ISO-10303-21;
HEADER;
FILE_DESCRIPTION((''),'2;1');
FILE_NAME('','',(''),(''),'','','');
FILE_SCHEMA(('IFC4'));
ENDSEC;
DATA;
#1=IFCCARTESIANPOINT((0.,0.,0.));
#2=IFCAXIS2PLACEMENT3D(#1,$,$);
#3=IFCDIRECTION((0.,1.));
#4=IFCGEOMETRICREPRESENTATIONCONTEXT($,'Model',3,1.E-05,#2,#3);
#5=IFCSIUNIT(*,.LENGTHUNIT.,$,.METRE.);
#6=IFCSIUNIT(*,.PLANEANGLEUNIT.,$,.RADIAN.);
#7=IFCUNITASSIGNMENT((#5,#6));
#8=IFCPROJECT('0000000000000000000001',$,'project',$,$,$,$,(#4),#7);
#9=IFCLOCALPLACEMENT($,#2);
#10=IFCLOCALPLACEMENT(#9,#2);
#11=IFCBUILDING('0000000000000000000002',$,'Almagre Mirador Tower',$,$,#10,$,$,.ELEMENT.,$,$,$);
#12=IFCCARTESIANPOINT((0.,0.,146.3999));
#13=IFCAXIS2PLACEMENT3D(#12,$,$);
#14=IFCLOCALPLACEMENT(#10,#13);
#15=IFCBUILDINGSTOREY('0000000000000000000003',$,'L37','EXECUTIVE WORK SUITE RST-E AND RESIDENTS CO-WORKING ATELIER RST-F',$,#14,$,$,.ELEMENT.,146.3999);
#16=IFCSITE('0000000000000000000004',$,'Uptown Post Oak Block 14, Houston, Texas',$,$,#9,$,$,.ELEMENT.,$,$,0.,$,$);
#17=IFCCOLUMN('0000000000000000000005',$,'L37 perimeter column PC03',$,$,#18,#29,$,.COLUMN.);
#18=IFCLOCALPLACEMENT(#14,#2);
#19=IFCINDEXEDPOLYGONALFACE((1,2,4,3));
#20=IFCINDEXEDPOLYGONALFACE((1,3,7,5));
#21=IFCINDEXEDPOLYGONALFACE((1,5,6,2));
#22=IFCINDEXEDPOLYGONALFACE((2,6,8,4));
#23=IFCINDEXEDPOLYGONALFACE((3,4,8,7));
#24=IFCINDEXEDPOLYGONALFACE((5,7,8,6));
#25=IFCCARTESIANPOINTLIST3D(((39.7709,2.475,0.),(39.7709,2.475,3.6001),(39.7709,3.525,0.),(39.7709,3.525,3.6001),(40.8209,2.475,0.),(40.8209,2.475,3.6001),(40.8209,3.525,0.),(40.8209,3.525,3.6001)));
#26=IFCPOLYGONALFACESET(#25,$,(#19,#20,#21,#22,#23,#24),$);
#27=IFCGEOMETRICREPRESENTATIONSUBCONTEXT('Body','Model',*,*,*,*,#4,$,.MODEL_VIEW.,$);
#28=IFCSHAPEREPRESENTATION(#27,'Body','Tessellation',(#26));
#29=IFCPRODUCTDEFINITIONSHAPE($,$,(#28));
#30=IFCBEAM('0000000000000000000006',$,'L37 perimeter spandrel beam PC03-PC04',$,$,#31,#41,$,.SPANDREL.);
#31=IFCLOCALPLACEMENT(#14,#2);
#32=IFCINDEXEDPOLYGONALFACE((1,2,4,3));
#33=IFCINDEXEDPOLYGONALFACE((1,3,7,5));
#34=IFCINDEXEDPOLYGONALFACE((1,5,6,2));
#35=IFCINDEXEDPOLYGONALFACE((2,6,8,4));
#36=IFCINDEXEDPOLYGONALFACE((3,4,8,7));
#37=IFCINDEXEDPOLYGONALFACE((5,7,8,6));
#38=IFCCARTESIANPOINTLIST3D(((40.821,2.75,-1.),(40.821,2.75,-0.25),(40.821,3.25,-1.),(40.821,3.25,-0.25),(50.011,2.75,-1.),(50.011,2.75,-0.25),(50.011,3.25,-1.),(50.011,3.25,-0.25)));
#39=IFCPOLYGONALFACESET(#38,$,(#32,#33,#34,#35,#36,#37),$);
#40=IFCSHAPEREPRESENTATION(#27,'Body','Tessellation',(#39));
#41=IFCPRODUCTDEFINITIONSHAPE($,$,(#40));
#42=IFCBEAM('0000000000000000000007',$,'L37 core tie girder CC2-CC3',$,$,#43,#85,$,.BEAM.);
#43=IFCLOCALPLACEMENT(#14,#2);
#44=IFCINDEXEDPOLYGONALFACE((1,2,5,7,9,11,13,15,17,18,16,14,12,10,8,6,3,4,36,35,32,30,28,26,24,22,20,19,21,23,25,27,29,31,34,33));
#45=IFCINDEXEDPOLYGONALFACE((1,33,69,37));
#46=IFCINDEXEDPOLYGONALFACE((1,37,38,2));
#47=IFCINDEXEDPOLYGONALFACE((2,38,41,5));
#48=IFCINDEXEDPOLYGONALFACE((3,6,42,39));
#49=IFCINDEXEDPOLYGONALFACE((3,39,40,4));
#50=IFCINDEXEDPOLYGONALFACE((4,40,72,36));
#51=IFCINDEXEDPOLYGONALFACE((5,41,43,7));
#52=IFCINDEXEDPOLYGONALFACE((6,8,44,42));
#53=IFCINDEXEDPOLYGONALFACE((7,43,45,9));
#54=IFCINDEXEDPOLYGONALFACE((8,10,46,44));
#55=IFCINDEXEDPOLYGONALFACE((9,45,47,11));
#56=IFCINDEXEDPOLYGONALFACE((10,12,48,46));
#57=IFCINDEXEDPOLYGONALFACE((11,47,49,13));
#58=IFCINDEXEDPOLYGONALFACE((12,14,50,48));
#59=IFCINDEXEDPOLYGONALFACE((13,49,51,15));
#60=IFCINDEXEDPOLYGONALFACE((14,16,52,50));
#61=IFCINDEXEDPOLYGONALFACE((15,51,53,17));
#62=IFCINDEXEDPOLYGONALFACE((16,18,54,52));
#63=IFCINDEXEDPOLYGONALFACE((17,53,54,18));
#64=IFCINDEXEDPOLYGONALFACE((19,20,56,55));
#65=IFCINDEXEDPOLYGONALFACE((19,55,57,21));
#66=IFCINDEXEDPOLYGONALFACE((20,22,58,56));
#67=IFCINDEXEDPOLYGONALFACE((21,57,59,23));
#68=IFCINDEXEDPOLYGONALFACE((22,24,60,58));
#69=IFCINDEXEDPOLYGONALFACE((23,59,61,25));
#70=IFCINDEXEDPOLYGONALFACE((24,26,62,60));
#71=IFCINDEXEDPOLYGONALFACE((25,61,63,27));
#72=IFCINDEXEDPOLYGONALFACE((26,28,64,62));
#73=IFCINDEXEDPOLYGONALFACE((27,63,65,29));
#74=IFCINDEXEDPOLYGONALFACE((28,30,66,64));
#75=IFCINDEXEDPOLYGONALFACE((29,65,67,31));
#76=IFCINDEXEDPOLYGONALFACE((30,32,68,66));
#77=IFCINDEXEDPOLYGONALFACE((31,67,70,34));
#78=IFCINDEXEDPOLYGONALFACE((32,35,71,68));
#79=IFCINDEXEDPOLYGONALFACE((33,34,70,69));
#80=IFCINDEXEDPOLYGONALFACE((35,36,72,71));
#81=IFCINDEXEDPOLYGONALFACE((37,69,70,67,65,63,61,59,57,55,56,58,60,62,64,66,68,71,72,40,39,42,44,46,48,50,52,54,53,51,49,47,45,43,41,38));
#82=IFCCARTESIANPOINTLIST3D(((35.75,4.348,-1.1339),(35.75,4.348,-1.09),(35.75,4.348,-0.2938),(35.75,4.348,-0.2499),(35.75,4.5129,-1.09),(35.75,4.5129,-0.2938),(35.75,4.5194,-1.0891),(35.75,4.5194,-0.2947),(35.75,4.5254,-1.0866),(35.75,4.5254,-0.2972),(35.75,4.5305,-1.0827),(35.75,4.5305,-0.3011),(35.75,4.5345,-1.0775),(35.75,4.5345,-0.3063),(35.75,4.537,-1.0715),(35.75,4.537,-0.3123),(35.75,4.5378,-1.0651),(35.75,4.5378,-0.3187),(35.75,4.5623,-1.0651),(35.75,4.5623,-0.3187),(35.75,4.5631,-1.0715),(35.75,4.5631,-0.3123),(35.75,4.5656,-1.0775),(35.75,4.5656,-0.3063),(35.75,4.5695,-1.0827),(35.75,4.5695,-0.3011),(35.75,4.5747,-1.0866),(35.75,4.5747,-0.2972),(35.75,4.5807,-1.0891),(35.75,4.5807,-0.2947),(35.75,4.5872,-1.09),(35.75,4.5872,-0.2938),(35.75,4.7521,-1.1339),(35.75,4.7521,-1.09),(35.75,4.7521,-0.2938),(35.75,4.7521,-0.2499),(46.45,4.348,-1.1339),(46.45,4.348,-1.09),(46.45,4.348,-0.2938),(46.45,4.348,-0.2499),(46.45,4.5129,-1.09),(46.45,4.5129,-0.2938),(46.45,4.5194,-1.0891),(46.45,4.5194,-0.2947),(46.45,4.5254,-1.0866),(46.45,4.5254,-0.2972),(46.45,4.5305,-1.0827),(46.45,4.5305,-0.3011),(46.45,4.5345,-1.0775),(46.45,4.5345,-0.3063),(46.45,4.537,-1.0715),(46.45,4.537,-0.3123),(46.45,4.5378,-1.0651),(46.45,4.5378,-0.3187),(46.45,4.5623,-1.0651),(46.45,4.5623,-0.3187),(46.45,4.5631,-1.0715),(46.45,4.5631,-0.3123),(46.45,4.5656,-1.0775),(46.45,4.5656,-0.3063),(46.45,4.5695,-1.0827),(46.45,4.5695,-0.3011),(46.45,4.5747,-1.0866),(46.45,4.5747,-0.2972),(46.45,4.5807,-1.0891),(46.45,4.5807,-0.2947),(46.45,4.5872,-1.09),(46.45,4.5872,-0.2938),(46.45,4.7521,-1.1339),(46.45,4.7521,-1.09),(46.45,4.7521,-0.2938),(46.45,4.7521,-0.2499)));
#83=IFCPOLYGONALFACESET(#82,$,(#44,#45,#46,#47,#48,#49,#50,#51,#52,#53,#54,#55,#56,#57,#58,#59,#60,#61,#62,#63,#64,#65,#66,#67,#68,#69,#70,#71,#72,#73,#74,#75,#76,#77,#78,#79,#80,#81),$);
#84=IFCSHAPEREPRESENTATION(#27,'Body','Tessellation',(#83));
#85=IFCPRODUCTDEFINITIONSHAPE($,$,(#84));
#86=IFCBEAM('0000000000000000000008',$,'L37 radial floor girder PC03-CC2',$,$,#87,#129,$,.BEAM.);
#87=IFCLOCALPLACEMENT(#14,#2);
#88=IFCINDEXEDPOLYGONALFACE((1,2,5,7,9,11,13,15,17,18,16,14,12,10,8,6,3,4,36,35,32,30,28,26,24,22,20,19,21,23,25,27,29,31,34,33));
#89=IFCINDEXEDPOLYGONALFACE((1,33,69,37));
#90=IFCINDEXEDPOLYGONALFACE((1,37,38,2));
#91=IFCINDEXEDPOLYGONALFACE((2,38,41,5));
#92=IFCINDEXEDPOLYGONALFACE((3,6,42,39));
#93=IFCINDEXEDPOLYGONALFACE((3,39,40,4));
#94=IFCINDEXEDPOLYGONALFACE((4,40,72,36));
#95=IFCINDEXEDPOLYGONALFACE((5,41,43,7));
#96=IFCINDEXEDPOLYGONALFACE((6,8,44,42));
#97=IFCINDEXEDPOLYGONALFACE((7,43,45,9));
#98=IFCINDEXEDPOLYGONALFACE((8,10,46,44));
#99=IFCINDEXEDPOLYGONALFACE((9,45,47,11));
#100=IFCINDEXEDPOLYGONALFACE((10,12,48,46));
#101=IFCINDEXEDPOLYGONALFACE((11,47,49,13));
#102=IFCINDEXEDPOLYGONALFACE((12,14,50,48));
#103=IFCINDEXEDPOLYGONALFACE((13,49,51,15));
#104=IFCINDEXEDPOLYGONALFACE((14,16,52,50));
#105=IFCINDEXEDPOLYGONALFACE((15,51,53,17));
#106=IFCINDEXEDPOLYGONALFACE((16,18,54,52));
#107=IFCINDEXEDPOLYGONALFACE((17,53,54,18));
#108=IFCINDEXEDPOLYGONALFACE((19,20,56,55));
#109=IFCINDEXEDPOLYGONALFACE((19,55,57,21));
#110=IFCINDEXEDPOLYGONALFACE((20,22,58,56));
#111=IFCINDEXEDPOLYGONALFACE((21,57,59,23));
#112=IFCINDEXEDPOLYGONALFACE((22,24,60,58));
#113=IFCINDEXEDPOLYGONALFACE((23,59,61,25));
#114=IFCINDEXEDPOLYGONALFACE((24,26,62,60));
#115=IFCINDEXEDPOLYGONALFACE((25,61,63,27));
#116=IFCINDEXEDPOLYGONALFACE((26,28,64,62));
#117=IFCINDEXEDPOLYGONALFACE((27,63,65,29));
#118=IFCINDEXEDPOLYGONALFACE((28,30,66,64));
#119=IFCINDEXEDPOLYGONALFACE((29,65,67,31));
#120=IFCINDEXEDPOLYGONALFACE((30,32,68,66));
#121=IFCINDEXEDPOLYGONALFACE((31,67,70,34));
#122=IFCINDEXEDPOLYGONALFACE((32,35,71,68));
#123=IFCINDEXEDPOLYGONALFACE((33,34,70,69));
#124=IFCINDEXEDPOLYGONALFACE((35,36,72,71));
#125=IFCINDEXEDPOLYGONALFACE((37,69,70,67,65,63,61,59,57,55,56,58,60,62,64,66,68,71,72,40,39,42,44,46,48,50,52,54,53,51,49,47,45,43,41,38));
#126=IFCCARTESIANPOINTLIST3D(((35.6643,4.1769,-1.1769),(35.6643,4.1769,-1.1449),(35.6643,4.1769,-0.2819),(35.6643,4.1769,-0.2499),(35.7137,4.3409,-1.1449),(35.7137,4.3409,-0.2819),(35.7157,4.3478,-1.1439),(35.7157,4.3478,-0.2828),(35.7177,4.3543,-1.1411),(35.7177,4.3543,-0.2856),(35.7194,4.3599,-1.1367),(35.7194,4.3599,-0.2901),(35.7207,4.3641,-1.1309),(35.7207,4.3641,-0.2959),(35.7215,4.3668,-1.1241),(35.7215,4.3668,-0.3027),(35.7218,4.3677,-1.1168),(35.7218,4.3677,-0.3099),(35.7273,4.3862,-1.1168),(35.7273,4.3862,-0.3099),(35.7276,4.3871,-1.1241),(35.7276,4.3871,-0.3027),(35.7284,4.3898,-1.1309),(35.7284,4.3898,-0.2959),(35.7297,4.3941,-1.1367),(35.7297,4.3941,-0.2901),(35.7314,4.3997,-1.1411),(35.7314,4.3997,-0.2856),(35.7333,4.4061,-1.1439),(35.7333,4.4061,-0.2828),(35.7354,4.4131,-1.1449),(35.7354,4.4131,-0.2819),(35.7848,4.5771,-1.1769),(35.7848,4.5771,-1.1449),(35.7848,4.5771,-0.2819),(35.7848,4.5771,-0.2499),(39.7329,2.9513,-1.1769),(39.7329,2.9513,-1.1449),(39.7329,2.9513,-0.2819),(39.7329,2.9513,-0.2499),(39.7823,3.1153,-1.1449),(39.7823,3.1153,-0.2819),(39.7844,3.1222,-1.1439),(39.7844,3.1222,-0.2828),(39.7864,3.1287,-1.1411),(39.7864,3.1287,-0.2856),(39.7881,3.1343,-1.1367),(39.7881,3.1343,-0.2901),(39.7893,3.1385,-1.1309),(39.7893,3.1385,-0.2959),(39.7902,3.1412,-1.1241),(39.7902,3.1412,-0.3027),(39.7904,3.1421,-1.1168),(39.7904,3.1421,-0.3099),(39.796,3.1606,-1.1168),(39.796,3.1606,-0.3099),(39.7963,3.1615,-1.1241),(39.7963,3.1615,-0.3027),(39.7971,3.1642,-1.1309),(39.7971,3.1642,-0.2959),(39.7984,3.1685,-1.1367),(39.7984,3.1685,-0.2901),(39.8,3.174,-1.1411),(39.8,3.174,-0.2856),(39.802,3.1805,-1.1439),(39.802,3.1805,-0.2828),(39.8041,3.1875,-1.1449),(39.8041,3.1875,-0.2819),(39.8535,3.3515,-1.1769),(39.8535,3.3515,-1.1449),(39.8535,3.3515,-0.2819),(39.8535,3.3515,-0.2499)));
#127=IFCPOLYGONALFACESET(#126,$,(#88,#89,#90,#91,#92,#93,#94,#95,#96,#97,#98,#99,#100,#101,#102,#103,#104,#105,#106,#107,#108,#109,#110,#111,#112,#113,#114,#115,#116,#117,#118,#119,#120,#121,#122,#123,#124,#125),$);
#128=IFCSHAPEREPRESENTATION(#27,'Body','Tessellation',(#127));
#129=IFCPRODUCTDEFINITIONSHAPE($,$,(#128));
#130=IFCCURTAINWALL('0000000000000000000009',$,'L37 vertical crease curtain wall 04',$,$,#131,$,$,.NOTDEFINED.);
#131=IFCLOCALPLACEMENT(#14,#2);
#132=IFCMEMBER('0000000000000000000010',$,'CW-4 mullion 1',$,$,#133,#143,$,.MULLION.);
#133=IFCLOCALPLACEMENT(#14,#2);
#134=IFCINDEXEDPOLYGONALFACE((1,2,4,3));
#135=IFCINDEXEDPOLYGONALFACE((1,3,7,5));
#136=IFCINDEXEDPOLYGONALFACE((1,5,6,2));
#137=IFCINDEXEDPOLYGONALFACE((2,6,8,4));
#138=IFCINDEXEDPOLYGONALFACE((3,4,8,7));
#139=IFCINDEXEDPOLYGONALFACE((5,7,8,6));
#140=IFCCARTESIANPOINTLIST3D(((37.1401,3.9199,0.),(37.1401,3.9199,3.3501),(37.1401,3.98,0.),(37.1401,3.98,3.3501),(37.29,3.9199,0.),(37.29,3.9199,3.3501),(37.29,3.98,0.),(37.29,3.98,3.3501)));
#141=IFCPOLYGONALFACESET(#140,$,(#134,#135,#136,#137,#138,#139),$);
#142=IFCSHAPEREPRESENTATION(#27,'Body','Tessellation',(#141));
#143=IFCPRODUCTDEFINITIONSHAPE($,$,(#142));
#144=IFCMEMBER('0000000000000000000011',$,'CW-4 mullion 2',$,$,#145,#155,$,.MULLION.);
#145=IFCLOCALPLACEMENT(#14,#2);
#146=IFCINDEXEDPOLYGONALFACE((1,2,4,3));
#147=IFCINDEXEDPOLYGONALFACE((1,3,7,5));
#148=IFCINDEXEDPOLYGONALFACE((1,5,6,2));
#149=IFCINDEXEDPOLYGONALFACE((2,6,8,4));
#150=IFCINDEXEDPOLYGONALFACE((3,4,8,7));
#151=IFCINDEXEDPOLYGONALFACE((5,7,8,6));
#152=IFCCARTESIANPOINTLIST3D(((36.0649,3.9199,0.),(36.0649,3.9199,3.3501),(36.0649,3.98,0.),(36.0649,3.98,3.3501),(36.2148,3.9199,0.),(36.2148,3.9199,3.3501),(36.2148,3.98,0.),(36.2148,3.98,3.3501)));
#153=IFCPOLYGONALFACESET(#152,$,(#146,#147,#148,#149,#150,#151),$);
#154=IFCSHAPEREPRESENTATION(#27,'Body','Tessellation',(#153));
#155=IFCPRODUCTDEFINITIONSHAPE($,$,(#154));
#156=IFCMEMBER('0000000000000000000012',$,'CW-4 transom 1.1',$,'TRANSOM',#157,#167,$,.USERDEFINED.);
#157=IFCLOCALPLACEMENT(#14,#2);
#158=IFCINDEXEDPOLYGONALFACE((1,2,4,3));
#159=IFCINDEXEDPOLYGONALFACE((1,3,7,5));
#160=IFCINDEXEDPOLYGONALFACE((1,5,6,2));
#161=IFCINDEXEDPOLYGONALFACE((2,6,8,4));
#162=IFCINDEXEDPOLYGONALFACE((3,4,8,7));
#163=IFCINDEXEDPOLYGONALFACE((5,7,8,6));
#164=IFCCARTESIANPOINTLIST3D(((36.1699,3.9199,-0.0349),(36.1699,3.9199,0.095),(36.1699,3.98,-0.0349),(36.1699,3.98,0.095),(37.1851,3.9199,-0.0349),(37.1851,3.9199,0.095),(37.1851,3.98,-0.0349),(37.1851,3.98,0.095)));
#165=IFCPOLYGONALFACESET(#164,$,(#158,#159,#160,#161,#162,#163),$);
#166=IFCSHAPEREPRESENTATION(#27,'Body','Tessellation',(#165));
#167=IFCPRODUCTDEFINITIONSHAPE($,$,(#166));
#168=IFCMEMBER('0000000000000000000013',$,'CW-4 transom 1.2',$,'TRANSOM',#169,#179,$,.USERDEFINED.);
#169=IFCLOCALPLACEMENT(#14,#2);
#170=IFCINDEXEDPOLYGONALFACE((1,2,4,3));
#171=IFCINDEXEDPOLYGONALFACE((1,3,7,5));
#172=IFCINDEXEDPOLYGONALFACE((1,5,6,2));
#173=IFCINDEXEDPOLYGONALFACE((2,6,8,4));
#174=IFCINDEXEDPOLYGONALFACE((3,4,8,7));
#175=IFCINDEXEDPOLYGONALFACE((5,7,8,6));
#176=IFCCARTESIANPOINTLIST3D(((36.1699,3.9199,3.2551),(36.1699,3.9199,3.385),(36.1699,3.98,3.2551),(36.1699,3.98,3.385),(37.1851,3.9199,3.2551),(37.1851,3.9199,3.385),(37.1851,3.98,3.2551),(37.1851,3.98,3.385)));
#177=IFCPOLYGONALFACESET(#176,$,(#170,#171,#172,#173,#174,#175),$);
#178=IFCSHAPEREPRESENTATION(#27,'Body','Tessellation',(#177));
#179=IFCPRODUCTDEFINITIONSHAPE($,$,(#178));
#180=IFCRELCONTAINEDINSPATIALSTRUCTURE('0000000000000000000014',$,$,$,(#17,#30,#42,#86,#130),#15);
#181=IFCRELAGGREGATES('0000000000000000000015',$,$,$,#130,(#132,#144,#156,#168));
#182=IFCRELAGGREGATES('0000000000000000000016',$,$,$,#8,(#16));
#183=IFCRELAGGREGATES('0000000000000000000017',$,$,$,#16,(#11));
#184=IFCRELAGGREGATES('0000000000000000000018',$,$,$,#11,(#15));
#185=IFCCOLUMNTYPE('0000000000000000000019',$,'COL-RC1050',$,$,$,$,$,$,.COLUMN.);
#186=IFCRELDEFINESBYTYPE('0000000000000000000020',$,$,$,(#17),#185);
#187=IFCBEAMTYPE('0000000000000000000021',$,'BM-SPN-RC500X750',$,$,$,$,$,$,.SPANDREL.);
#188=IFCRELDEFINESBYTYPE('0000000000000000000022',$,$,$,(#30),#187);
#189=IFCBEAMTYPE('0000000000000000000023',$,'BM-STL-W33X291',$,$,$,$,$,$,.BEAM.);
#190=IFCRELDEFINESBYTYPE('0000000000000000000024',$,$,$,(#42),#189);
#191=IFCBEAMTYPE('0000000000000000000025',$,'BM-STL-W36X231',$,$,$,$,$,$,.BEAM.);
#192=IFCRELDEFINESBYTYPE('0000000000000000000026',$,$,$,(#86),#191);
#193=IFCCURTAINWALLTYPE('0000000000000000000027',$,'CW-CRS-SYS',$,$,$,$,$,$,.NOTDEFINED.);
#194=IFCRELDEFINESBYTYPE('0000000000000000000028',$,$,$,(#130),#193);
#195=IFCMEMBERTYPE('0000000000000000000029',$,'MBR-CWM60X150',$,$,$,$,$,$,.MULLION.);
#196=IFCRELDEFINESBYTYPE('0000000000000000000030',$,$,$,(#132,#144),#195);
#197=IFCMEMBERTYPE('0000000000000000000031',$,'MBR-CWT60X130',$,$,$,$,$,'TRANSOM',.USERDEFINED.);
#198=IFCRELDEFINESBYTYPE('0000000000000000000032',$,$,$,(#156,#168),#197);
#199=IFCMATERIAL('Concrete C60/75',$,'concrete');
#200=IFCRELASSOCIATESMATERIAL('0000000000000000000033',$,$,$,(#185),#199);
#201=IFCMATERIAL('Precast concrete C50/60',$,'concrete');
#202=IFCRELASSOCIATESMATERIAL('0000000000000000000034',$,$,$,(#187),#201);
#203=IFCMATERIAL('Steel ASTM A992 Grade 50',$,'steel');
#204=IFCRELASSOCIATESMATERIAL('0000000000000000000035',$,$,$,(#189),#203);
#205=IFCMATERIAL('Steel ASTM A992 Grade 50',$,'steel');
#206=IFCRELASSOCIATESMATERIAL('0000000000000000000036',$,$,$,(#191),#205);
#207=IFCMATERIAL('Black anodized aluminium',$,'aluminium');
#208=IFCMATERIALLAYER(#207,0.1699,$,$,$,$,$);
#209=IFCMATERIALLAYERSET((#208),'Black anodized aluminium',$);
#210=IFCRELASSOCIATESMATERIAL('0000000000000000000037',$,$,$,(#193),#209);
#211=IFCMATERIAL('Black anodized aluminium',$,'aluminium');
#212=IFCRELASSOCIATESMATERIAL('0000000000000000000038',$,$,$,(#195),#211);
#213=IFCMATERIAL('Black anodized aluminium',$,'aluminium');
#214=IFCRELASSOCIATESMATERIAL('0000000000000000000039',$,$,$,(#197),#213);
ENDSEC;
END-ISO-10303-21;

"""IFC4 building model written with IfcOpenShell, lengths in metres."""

from ifc_helpers import new_model, si_unit, direction, frame, origin, origin_2d, place, context, subcontext, project, spatial, rectangle, i_section, extrude, material, layer, layer_set, material_profile, profile_set, type_object, element, aggregate, save


model = new_model("IFC4")

# Units and contexts
model_context = context("Model", 3, precision=1e-05, world=origin(), true_north=direction((0.0, 1.0)))
body_context = subcontext(model_context, "Body", "Model", "MODEL_VIEW")
ifc_project = project(units=[si_unit("LENGTHUNIT", "METRE"), si_unit("PLANEANGLEUNIT", "RADIAN")], contexts=[model_context])

# Site, building, storey
site_placement = place(None, origin())
site = spatial("IfcSite", under=ifc_project, at=site_placement, Name="Uptown Post Oak Block 14, Houston, Texas", CompositionType="ELEMENT", RefElevation=0.0)
building_placement = place(site_placement, origin())
building = spatial("IfcBuilding", under=site, at=building_placement, Name="Almagre Mirador Tower", CompositionType="ELEMENT")
storey_placement = place(building_placement, frame((0.0, 0.0, 146.3999)))
storey = spatial("IfcBuildingStorey", under=building, at=storey_placement, Name="L37", Description="EXECUTIVE WORK SUITE RST-E AND RESIDENTS CO-WORKING ATELIER RST-F", CompositionType="ELEMENT", Elevation=146.3999)

# Column
ifc_material_1 = material(Name="Concrete C60/75", Category="concrete")
ifc_material_profile_1 = material_profile(ifc_material_1, rectangle(XDim=1.05, YDim=1.05, at=origin_2d()), Name="RC1050X1050")
ifc_profile_set_1 = profile_set([ifc_material_profile_1], Name="Concrete C60/75")
column_type = type_object("IfcColumnType", Name="COL-RC1050", PredefinedType="COLUMN", material=ifc_profile_set_1)
column_placement = place(storey_placement, frame((40.2959, 3.0, 0.0), z_axis=(0.0, 0.0, 1.0), x_axis=(1.0, 0.0, 0.0)))
element("IfcColumn", 1, at=column_placement, inside=storey, type_object=column_type, Name="L37 perimeter column PC03", PredefinedType="COLUMN", context=body_context, shape_type="SweptSolid", body=[
    extrude(rectangle(XDim=1.05, YDim=1.05, at=origin_2d()), origin(), (0.0, 0.0, 1.0), 3.6001),
])

# Beams
ifc_material_2 = material(Name="Precast concrete C50/60", Category="concrete")
ifc_material_profile_2 = material_profile(ifc_material_2, rectangle(XDim=0.5, YDim=0.75, at=origin_2d()), Name="RC500X750")
ifc_profile_set_2 = profile_set([ifc_material_profile_2], Name="Precast concrete C50/60")
beam_type_1 = type_object("IfcBeamType", Name="BM-SPN-RC500X750", PredefinedType="SPANDREL", material=ifc_profile_set_2)
beam_1_placement = place(storey_placement, frame((40.821, 3.0, -0.625), z_axis=(1.0, 0.0, 0.0), x_axis=(0.0, 1.0, 0.0)))
element("IfcBeam", 2, at=beam_1_placement, inside=storey, type_object=beam_type_1, Name="L37 perimeter spandrel beam PC03-PC04", PredefinedType="SPANDREL", context=body_context, shape_type="SweptSolid", body=[
    extrude(rectangle(XDim=0.5, YDim=0.75, at=origin_2d()), origin(), (0.0, 0.0, 1.0), 9.1899),
])
ifc_material_3 = material(Name="Steel ASTM A992 Grade 50", Category="steel")
ifc_material_profile_3 = material_profile(ifc_material_3, i_section(OverallWidth=0.4041, OverallDepth=0.884, WebThickness=0.0244, FlangeThickness=0.0439, FilletRadius=0.0249, at=origin_2d()), Name="W33X291")
ifc_profile_set_3 = profile_set([ifc_material_profile_3], Name="Steel ASTM A992 Grade 50")
beam_type_2 = type_object("IfcBeamType", Name="BM-STL-W33X291", PredefinedType="BEAM", material=ifc_profile_set_3)
beam_2_placement = place(storey_placement, frame((35.75, 4.55, -0.6919), z_axis=(1.0, 0.0, 0.0), x_axis=(0.0, 1.0, 0.0)))
element("IfcBeam", 3, at=beam_2_placement, inside=storey, type_object=beam_type_2, Name="L37 core tie girder CC2-CC3", PredefinedType="BEAM", context=body_context, shape_type="SweptSolid", body=[
    extrude(i_section(OverallWidth=0.4041, OverallDepth=0.884, WebThickness=0.0244, FlangeThickness=0.0439, FilletRadius=0.0249, at=origin_2d()), origin(), (0.0, 0.0, 1.0), 10.7),
])
ifc_material_4 = material(Name="Steel ASTM A992 Grade 50", Category="steel")
ifc_material_profile_4 = material_profile(ifc_material_4, i_section(OverallWidth=0.418, OverallDepth=0.927, WebThickness=0.0193, FlangeThickness=0.032, FilletRadius=0.0281, at=origin_2d()), Name="W36X231")
ifc_profile_set_4 = profile_set([ifc_material_profile_4], Name="Steel ASTM A992 Grade 50")
beam_type_3 = type_object("IfcBeamType", Name="BM-STL-W36X231", PredefinedType="BEAM", material=ifc_profile_set_4)
beam_3_placement = place(storey_placement, frame((39.7932, 3.1514, -0.7134), z_axis=(-0.957501, 0.288428, 0.0), x_axis=(-0.288428, -0.957501, 0.0)))
element("IfcBeam", 4, at=beam_3_placement, inside=storey, type_object=beam_type_3, Name="L37 radial floor girder PC03-CC2", PredefinedType="BEAM", context=body_context, shape_type="SweptSolid", body=[
    extrude(i_section(OverallWidth=0.418, OverallDepth=0.927, WebThickness=0.0193, FlangeThickness=0.032, FilletRadius=0.0281, at=origin_2d()), origin(), (0.0, 0.0, 1.0), 4.2493),
])

# Curtain wall, members
ifc_material_5 = material(Name="Black anodized aluminium", Category="aluminium")
ifc_layer_1 = layer(ifc_material_5, 0.1699)
ifc_layer_set_1 = layer_set([ifc_layer_1], Name="Black anodized aluminium")
curtain_wall_type = type_object("IfcCurtainWallType", Name="CW-CRS-SYS", PredefinedType="NOTDEFINED", material=ifc_layer_set_1)
curtain_wall_placement = place(storey_placement, origin())
curtain_wall = element("IfcCurtainWall", 5, at=curtain_wall_placement, inside=storey, type_object=curtain_wall_type, Name="L37 vertical crease curtain wall 04", PredefinedType="NOTDEFINED")
ifc_material_6 = material(Name="Black anodized aluminium", Category="aluminium")
ifc_material_profile_5 = material_profile(ifc_material_6, rectangle(XDim=0.0601, YDim=0.1499, at=origin_2d()), Name="CWM60X150")
ifc_profile_set_5 = profile_set([ifc_material_profile_5], Name="Black anodized aluminium")
member_type_1 = type_object("IfcMemberType", Name="MBR-CWM60X150", PredefinedType="MULLION", material=ifc_profile_set_5)
member_1_placement = place(storey_placement, frame((37.2151, 3.95, 0.0), z_axis=(0.0, 0.0, 1.0), x_axis=(0.0, -1.0, 0.0)))
member_1 = element("IfcMember", 6, at=member_1_placement, type_object=member_type_1, Name="CW-4 mullion 1", PredefinedType="MULLION", context=body_context, shape_type="SweptSolid", body=[
    extrude(rectangle(XDim=0.0601, YDim=0.1499, at=origin_2d()), origin(), (0.0, 0.0, 1.0), 3.3501),
])
member_2_placement = place(storey_placement, frame((36.1399, 3.95, 0.0), z_axis=(0.0, 0.0, 1.0), x_axis=(0.0, -1.0, 0.0)))
member_2 = element("IfcMember", 7, at=member_2_placement, type_object=member_type_1, Name="CW-4 mullion 2", PredefinedType="MULLION", context=body_context, shape_type="SweptSolid", body=[
    extrude(rectangle(XDim=0.0601, YDim=0.1499, at=origin_2d()), origin(), (0.0, 0.0, 1.0), 3.3501),
])
ifc_material_7 = material(Name="Black anodized aluminium", Category="aluminium")
ifc_material_profile_6 = material_profile(ifc_material_7, rectangle(XDim=0.0601, YDim=0.1299, at=origin_2d()), Name="CWT60X130")
ifc_profile_set_6 = profile_set([ifc_material_profile_6], Name="Black anodized aluminium")
member_type_2 = type_object("IfcMemberType", Name="MBR-CWT60X130", ElementType="TRANSOM", PredefinedType="USERDEFINED", material=ifc_profile_set_6)
member_3_placement = place(storey_placement, frame((37.1851, 3.95, 0.03), z_axis=(-1.0, 0.0, 0.0), x_axis=(0.0, -1.0, 0.0)))
member_3 = element("IfcMember", 8, at=member_3_placement, type_object=member_type_2, Name="CW-4 transom 1.1", ObjectType="TRANSOM", PredefinedType="USERDEFINED", context=body_context, shape_type="SweptSolid", body=[
    extrude(rectangle(XDim=0.0601, YDim=0.1299, at=origin_2d()), origin(), (0.0, 0.0, 1.0), 1.0151),
])
member_4_placement = place(storey_placement, frame((37.1851, 3.95, 3.3201), z_axis=(-1.0, 0.0, 0.0), x_axis=(0.0, -1.0, 0.0)))
member_4 = element("IfcMember", 9, at=member_4_placement, type_object=member_type_2, Name="CW-4 transom 1.2", ObjectType="TRANSOM", PredefinedType="USERDEFINED", context=body_context, shape_type="SweptSolid", body=[
    extrude(rectangle(XDim=0.0601, YDim=0.1299, at=origin_2d()), origin(), (0.0, 0.0, 1.0), 1.0151),
])
aggregate(curtain_wall, [member_1, member_2, member_3, member_4])

save(model, "model.ifc")
